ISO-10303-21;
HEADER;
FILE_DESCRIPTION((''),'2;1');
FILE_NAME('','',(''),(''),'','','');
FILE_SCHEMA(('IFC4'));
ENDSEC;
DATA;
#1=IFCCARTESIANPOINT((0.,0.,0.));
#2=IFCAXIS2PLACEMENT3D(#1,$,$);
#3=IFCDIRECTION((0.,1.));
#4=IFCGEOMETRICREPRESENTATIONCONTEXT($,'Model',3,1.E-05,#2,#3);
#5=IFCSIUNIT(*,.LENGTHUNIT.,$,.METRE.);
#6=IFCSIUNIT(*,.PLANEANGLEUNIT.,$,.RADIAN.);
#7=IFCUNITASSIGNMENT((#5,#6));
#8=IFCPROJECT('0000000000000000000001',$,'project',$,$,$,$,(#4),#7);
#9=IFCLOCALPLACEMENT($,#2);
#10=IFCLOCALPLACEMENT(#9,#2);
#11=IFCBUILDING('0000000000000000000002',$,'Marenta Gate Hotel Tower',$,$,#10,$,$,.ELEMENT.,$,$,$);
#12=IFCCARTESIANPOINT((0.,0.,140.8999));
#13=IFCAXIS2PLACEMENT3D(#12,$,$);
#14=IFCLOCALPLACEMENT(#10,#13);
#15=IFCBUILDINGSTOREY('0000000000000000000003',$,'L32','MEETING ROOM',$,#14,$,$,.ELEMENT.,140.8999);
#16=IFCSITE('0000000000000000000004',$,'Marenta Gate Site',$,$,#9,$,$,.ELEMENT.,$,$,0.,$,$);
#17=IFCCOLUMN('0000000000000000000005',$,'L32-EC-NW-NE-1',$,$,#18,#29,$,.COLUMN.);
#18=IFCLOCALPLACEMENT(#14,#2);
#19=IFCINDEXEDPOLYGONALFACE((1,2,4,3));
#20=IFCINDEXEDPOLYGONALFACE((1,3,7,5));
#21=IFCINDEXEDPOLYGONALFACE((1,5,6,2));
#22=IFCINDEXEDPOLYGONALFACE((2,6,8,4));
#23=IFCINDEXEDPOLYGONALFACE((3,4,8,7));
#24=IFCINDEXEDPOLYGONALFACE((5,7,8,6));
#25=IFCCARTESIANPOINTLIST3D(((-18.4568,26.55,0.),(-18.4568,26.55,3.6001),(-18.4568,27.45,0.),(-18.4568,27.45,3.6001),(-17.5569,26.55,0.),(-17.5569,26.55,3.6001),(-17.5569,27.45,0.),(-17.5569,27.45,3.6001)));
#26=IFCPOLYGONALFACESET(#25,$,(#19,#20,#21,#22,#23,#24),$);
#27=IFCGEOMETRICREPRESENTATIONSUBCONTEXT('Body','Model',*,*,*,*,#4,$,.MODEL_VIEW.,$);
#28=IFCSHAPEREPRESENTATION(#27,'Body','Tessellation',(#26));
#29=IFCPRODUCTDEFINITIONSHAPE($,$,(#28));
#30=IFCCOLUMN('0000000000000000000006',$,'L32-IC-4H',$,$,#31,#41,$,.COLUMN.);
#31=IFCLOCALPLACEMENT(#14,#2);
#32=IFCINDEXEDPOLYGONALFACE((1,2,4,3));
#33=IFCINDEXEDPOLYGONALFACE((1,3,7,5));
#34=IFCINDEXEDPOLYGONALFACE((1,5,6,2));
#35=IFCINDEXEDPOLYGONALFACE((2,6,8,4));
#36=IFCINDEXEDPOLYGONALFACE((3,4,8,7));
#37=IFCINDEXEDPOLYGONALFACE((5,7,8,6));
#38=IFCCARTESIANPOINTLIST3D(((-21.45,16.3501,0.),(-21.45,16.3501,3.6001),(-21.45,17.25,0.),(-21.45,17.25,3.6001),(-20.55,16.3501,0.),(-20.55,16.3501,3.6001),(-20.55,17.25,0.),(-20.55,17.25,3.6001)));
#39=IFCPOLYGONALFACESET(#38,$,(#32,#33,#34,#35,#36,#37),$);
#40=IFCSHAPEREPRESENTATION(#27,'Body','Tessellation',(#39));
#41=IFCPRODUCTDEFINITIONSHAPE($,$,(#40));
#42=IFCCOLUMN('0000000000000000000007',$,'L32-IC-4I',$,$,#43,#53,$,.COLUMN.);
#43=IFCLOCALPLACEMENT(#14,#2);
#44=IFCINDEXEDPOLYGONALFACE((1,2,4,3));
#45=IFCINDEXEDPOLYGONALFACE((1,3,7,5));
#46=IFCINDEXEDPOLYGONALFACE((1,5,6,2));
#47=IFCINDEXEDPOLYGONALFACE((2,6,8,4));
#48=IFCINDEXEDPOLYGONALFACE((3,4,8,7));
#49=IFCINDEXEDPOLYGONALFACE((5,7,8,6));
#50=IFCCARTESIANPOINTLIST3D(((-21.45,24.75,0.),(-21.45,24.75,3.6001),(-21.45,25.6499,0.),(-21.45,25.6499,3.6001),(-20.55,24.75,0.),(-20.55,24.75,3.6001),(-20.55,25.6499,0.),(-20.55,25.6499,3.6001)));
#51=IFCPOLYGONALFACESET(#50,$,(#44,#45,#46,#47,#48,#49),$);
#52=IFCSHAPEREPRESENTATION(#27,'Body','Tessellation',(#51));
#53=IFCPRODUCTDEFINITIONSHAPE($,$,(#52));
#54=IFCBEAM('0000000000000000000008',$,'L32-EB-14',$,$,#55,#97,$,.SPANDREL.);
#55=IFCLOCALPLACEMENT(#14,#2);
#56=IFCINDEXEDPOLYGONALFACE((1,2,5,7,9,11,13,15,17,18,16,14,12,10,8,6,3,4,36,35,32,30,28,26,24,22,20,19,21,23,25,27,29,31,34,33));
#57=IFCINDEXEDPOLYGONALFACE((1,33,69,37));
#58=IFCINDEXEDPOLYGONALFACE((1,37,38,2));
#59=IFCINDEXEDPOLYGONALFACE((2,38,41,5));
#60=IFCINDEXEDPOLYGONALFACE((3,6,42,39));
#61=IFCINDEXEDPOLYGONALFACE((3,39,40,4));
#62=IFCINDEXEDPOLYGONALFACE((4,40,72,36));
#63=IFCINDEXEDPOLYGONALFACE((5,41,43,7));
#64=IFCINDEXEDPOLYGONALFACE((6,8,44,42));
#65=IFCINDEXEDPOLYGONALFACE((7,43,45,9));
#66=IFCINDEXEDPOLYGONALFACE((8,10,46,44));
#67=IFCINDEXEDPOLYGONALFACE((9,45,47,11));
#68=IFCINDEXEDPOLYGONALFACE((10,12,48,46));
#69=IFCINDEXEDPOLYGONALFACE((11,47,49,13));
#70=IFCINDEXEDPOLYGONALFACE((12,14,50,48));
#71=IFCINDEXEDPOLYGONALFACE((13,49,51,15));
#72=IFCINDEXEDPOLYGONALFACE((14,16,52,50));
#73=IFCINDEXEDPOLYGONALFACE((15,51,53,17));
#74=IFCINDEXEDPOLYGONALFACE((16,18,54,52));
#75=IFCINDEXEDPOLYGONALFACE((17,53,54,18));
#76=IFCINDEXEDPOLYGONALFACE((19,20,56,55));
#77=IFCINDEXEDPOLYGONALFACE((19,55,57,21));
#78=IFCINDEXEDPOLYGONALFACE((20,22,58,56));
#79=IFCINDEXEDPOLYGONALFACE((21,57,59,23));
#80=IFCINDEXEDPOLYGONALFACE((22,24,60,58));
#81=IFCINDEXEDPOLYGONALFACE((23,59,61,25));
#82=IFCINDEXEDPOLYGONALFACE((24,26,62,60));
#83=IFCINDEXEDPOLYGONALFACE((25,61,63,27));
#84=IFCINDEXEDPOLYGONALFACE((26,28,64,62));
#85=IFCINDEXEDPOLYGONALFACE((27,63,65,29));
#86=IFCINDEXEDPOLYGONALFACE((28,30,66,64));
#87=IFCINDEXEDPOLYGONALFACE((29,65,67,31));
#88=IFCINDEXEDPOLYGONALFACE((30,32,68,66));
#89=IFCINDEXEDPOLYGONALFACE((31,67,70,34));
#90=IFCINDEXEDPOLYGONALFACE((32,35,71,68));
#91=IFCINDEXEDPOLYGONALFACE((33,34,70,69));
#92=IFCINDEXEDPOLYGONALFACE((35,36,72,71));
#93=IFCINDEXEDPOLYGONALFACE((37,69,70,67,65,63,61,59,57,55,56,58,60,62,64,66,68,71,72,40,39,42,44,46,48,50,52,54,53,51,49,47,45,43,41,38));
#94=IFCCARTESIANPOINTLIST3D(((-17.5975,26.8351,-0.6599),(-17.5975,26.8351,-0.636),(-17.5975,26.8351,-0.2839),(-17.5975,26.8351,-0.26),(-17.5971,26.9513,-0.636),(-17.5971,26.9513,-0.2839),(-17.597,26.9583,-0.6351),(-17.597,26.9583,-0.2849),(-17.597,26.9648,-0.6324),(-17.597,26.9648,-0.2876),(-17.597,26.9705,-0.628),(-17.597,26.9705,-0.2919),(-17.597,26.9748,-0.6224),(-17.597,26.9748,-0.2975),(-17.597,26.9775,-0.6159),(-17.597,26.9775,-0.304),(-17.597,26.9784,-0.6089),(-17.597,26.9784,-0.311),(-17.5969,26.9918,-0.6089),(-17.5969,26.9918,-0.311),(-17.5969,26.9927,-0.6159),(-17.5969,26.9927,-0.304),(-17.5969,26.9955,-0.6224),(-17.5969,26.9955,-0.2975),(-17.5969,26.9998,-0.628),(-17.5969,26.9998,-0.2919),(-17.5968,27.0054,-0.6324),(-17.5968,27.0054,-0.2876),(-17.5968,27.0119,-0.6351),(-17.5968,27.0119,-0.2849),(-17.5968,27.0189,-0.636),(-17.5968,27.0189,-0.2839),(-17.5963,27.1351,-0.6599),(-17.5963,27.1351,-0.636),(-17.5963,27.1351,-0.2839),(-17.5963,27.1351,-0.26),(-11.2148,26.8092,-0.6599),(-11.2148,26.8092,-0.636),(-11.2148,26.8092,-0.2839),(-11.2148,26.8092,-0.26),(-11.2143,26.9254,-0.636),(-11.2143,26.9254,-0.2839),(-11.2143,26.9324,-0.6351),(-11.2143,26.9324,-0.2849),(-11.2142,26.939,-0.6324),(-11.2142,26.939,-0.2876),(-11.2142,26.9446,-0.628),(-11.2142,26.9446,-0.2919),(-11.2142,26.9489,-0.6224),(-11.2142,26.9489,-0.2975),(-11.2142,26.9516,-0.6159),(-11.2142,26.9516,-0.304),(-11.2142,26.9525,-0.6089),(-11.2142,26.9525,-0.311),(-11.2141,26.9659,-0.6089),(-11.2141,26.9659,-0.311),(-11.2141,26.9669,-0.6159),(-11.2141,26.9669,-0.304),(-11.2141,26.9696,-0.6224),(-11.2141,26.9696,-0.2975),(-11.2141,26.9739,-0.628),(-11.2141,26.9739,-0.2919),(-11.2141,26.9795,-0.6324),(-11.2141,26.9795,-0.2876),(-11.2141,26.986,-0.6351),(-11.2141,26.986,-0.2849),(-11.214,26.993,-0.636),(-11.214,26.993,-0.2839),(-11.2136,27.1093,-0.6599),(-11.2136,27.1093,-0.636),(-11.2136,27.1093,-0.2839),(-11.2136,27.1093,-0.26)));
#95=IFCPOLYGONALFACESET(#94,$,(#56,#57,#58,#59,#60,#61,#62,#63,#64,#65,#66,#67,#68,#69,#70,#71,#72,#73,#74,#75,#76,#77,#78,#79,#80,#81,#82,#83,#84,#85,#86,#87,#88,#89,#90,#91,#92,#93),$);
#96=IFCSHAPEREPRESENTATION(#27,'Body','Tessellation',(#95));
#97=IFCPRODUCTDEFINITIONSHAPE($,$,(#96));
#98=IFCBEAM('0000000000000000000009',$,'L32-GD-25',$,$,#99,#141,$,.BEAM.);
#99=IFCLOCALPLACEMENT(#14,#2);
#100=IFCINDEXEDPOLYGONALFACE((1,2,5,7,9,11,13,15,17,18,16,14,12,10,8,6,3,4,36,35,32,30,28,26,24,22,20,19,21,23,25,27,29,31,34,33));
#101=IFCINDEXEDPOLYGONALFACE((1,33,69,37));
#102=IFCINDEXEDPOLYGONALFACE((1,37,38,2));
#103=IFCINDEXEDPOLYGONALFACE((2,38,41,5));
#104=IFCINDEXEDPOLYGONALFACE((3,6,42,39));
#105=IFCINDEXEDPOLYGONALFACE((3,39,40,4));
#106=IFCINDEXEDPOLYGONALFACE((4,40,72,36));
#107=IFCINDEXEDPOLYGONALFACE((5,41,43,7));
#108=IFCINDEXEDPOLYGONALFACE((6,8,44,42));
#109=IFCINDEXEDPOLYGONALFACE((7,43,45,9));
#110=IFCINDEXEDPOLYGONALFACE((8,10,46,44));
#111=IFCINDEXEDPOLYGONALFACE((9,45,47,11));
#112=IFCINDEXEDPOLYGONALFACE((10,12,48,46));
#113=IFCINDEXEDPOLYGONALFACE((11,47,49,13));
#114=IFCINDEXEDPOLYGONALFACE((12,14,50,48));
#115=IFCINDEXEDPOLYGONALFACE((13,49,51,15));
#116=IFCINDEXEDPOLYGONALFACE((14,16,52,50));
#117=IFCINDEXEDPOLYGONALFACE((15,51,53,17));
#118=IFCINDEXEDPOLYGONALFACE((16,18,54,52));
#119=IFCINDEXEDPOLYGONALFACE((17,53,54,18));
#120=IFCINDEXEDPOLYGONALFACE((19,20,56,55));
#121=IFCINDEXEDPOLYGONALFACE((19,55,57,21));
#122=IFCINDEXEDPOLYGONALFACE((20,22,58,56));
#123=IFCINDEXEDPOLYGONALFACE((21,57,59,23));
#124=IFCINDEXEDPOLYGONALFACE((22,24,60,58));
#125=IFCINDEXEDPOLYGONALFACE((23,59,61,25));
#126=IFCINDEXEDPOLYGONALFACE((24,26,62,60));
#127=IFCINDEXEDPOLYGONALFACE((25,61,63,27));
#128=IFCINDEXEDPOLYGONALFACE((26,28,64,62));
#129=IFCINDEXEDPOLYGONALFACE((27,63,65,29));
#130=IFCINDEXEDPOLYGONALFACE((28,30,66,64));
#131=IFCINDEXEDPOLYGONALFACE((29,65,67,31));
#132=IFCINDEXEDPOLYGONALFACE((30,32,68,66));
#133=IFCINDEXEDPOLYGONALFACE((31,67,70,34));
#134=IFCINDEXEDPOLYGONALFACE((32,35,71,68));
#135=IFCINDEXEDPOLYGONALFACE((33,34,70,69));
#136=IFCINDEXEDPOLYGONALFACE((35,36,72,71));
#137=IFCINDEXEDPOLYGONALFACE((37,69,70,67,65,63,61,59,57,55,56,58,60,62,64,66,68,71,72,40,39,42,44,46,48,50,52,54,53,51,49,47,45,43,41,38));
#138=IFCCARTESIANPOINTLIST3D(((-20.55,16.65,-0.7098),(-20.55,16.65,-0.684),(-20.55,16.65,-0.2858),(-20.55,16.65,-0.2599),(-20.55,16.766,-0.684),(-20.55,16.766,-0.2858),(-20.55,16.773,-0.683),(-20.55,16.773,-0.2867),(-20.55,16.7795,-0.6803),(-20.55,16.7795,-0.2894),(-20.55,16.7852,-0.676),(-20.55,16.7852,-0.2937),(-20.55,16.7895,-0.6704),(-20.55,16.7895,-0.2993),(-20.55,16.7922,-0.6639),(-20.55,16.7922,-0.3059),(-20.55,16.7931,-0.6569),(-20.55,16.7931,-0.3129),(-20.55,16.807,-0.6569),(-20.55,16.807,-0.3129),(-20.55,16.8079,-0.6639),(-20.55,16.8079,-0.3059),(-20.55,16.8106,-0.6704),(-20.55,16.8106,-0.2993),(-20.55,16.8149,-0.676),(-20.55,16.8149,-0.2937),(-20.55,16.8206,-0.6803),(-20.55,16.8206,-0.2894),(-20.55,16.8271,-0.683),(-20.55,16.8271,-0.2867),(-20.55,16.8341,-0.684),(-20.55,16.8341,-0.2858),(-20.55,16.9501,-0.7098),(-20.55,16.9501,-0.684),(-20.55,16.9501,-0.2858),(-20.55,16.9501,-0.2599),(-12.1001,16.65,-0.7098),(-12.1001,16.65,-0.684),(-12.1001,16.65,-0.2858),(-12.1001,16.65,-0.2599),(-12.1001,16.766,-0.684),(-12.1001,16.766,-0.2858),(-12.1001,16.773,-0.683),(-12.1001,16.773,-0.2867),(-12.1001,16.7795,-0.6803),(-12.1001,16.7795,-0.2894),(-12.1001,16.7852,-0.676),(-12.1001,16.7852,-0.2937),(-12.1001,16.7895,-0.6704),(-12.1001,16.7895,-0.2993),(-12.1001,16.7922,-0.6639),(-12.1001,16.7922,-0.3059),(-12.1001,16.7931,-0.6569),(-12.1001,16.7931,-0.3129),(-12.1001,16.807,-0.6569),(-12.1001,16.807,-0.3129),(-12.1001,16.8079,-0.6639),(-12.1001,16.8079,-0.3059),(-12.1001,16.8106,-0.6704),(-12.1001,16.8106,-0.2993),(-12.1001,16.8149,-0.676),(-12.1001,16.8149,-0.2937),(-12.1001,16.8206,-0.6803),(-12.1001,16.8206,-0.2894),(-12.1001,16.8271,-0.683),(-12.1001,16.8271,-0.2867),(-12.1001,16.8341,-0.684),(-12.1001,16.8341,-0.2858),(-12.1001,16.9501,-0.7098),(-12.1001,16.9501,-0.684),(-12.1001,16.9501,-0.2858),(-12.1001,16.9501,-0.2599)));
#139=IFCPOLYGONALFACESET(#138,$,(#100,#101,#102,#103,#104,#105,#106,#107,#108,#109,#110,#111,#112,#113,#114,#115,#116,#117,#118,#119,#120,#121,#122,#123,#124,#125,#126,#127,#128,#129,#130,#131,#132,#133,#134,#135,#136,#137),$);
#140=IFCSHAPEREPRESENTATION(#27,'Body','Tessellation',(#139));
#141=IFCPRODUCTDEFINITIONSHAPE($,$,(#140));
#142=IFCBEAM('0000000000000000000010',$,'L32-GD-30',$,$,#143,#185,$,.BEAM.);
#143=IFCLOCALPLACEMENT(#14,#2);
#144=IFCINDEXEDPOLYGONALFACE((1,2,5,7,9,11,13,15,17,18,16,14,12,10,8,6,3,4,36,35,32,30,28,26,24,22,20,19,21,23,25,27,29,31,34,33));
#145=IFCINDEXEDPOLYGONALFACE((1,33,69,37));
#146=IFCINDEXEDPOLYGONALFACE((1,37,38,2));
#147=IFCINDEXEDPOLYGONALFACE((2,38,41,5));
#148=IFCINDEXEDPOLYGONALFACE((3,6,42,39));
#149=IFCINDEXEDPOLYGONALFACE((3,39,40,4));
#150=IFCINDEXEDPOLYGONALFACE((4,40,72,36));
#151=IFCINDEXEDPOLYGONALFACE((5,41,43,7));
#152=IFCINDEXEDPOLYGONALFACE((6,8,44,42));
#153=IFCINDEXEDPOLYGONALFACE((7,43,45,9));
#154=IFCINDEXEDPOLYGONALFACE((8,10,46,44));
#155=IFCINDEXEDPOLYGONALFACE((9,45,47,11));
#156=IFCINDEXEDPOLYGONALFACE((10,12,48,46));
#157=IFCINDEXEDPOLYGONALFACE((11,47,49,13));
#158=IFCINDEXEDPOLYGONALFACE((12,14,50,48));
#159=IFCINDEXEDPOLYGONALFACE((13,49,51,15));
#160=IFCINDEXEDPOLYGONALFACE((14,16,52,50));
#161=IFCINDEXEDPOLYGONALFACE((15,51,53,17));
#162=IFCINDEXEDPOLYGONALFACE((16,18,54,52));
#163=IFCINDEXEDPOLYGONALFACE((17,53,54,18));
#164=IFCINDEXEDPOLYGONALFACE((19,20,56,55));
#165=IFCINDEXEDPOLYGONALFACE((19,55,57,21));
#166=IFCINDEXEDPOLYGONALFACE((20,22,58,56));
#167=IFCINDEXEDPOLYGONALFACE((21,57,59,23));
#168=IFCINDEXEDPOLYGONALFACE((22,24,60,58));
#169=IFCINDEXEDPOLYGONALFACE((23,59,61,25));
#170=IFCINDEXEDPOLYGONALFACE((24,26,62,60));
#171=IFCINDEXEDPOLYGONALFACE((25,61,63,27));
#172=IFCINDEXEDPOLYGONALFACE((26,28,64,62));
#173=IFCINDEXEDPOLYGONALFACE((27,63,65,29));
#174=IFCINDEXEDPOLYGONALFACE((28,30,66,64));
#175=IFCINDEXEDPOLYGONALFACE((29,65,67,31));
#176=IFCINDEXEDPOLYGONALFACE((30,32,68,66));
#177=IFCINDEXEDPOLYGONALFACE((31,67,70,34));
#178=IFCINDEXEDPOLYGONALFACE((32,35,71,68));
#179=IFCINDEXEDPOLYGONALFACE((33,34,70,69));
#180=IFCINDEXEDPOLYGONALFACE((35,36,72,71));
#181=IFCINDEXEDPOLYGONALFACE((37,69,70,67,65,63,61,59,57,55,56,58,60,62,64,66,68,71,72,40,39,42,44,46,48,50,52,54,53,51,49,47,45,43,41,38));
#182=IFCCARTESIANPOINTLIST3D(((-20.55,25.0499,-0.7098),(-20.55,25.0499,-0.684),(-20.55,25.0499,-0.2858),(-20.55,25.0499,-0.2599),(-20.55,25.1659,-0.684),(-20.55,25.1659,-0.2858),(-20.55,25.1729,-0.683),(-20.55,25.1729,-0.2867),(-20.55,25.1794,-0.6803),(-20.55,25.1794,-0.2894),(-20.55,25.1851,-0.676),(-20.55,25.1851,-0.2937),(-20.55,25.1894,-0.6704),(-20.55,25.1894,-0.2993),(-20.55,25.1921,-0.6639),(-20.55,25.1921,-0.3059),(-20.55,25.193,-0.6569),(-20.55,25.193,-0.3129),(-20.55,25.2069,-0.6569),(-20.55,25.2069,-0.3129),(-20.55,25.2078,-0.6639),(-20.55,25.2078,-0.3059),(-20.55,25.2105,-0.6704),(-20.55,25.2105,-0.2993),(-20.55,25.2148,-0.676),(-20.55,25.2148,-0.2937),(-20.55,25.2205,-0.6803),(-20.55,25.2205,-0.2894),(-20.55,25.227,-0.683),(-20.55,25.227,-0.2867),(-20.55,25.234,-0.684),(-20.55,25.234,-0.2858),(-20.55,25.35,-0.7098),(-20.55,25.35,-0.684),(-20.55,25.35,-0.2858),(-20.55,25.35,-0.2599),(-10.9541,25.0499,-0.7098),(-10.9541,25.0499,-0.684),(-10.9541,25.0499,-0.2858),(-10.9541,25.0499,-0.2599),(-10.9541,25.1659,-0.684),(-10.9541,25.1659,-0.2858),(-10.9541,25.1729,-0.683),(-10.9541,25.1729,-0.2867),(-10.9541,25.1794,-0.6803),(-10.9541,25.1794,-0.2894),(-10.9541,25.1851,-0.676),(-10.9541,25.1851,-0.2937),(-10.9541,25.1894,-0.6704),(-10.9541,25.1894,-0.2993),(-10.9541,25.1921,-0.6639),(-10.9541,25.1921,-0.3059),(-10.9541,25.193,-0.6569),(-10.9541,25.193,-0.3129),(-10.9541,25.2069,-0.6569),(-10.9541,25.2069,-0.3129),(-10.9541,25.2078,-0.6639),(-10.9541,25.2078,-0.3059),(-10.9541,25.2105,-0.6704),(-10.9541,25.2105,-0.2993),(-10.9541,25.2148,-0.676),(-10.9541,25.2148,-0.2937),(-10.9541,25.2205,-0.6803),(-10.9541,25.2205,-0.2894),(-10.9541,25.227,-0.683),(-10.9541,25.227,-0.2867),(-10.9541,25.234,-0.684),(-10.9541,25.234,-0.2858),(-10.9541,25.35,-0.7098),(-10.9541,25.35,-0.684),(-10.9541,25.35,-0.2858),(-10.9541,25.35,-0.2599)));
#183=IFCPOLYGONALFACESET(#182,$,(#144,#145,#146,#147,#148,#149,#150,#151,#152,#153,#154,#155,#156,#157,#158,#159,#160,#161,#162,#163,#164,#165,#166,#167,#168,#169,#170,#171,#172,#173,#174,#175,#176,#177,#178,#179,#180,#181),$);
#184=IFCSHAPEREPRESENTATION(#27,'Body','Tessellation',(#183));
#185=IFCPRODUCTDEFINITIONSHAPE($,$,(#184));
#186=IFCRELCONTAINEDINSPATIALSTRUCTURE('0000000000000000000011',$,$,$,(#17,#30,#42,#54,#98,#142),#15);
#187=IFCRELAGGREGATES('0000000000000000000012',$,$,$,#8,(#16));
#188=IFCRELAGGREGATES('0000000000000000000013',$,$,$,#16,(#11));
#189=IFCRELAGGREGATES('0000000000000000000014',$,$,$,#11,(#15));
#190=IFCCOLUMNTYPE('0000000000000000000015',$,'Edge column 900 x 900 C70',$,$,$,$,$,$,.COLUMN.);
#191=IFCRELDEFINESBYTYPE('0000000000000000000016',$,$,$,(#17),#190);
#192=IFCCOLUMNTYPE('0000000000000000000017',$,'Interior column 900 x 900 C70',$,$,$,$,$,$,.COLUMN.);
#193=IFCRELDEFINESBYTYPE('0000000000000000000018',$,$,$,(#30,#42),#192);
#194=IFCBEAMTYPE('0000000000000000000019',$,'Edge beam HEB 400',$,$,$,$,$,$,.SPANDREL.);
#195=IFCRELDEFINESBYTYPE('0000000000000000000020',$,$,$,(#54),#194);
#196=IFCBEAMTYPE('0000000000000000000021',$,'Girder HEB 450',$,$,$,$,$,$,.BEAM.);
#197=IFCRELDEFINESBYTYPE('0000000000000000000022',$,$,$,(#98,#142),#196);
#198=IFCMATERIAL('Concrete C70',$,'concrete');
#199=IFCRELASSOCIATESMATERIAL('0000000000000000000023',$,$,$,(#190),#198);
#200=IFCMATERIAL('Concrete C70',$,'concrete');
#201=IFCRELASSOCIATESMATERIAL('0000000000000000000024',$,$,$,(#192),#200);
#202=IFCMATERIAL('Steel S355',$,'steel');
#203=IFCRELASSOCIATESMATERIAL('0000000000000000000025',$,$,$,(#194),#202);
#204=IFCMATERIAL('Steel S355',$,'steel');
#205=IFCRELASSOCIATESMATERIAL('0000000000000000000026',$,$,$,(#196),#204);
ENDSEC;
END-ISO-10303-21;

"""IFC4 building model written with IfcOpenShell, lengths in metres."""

from ifc_helpers import new_model, si_unit, direction, frame, origin, origin_2d, place, context, subcontext, project, spatial, rectangle, i_section, extrude, material, material_profile, profile_set, type_object, element, save


model = new_model("IFC4")

# Units and contexts
model_context = context("Model", 3, precision=1e-05, world=origin(), true_north=direction((0.0, 1.0)))
body_context = subcontext(model_context, "Body", "Model", "MODEL_VIEW")
ifc_project = project(units=[si_unit("LENGTHUNIT", "METRE"), si_unit("PLANEANGLEUNIT", "RADIAN")], contexts=[model_context])

# Site, building, storey
site_placement = place(None, origin())
site = spatial("IfcSite", under=ifc_project, at=site_placement, Name="Marenta Gate Site", CompositionType="ELEMENT", RefElevation=0.0)
building_placement = place(site_placement, origin())
building = spatial("IfcBuilding", under=site, at=building_placement, Name="Marenta Gate Hotel Tower", CompositionType="ELEMENT")
storey_placement = place(building_placement, frame((0.0, 0.0, 140.8999)))
storey = spatial("IfcBuildingStorey", under=building, at=storey_placement, Name="L32", Description="MEETING ROOM", CompositionType="ELEMENT", Elevation=140.8999)

# Columns
ifc_material_1 = material(Name="Concrete C70", Category="concrete")
ifc_material_profile_1 = material_profile(ifc_material_1, rectangle(XDim=0.8999, YDim=0.8999, at=origin_2d()), Name="900 x 900")
ifc_profile_set_1 = profile_set([ifc_material_profile_1], Name="Concrete C70")
column_type_1 = type_object("IfcColumnType", Name="Edge column 900 x 900 C70", PredefinedType="COLUMN", material=ifc_profile_set_1)
column_placement = place(storey_placement, frame((-18.0068, 27.0, 0.0), z_axis=(0.0, 0.0, 1.0), x_axis=(1.0, 0.0, 0.0)))
element("IfcColumn", 1, at=column_placement, inside=storey, type_object=column_type_1, Name="L32-EC-NW-NE-1", PredefinedType="COLUMN", context=body_context, shape_type="SweptSolid", body=[
    extrude(rectangle(XDim=0.8999, YDim=0.8999, at=origin_2d()), origin(), (0.0, 0.0, 1.0), 3.6001),
])
ifc_material_2 = material(Name="Concrete C70", Category="concrete")
ifc_material_profile_2 = material_profile(ifc_material_2, rectangle(XDim=0.8999, YDim=0.8999, at=origin_2d()), Name="900 x 900")
ifc_profile_set_2 = profile_set([ifc_material_profile_2], Name="Concrete C70")
column_type_2 = type_object("IfcColumnType", Name="Interior column 900 x 900 C70", PredefinedType="COLUMN", material=ifc_profile_set_2)
for number, where, z_axis, x_axis, name in (
    (2, (-21.0, 16.8, 0.0), (0.0, 0.0, 1.0), (1.0, 0.0, 0.0), "L32-IC-4H"),
    (3, (-21.0, 25.2, 0.0), (0.0, 0.0, 1.0), (1.0, 0.0, 0.0), "L32-IC-4I"),
):
    element("IfcColumn", number, at=place(storey_placement, frame(where, z_axis=z_axis, x_axis=x_axis)), inside=storey, type_object=column_type_2, Name=name, PredefinedType="COLUMN", context=body_context, shape_type="SweptSolid", body=[
        extrude(rectangle(XDim=0.8999, YDim=0.8999, at=origin_2d()), origin(), (0.0, 0.0, 1.0), 3.6001),
    ])

# Beams
ifc_material_3 = material(Name="Steel S355", Category="steel")
ifc_material_profile_3 = material_profile(ifc_material_3, i_section(OverallWidth=0.3, OverallDepth=0.3999, WebThickness=0.0134, FlangeThickness=0.0239, FilletRadius=0.0271, at=origin_2d()), Name="HEB 400")
ifc_profile_set_3 = profile_set([ifc_material_profile_3], Name="Steel S355")
beam_type_1 = type_object("IfcBeamType", Name="Edge beam HEB 400", PredefinedType="SPANDREL", material=ifc_profile_set_3)
beam_1_placement = place(storey_placement, frame((-17.5969, 26.9851, -0.46), z_axis=(0.999992, -0.004054, 0.0), x_axis=(0.004054, 0.999992, 0.0)))
element("IfcBeam", 4, at=beam_1_placement, inside=storey, type_object=beam_type_1, Name="L32-EB-14", PredefinedType="SPANDREL", context=body_context, shape_type="SweptSolid", body=[
    extrude(i_section(OverallWidth=0.3, OverallDepth=0.3999, WebThickness=0.0134, FlangeThickness=0.0239, FilletRadius=0.0271, at=origin_2d()), origin(), (0.0, 0.0, 1.0), 6.3828),
])
ifc_material_4 = material(Name="Steel S355", Category="steel")
ifc_material_profile_4 = material_profile(ifc_material_4, i_section(OverallWidth=0.3, OverallDepth=0.45, WebThickness=0.0139, FlangeThickness=0.0259, FilletRadius=0.0271, at=origin_2d()), Name="HEB 450")
ifc_profile_set_4 = profile_set([ifc_material_profile_4], Name="Steel S355")
beam_type_2 = type_object("IfcBeamType", Name="Girder HEB 450", PredefinedType="BEAM", material=ifc_profile_set_4)
beam_2_placement = place(storey_placement, frame((-20.55, 16.8, -0.4849), z_axis=(1.0, 0.0, 0.0), x_axis=(0.0, 1.0, 0.0)))
element("IfcBeam", 5, at=beam_2_placement, inside=storey, type_object=beam_type_2, Name="L32-GD-25", PredefinedType="BEAM", context=body_context, shape_type="SweptSolid", body=[
    extrude(i_section(OverallWidth=0.3, OverallDepth=0.45, WebThickness=0.0139, FlangeThickness=0.0259, FilletRadius=0.0271, at=origin_2d()), origin(), (0.0, 0.0, 1.0), 8.45),
])
beam_3_placement = place(storey_placement, frame((-20.55, 25.2, -0.4849), z_axis=(1.0, 0.0, 0.0), x_axis=(0.0, 1.0, 0.0)))
element("IfcBeam", 6, at=beam_3_placement, inside=storey, type_object=beam_type_2, Name="L32-GD-30", PredefinedType="BEAM", context=body_context, shape_type="SweptSolid", body=[
    extrude(i_section(OverallWidth=0.3, OverallDepth=0.45, WebThickness=0.0139, FlangeThickness=0.0259, FilletRadius=0.0271, at=origin_2d()), origin(), (0.0, 0.0, 1.0), 9.5959),
])

save(model, "model.ifc")
